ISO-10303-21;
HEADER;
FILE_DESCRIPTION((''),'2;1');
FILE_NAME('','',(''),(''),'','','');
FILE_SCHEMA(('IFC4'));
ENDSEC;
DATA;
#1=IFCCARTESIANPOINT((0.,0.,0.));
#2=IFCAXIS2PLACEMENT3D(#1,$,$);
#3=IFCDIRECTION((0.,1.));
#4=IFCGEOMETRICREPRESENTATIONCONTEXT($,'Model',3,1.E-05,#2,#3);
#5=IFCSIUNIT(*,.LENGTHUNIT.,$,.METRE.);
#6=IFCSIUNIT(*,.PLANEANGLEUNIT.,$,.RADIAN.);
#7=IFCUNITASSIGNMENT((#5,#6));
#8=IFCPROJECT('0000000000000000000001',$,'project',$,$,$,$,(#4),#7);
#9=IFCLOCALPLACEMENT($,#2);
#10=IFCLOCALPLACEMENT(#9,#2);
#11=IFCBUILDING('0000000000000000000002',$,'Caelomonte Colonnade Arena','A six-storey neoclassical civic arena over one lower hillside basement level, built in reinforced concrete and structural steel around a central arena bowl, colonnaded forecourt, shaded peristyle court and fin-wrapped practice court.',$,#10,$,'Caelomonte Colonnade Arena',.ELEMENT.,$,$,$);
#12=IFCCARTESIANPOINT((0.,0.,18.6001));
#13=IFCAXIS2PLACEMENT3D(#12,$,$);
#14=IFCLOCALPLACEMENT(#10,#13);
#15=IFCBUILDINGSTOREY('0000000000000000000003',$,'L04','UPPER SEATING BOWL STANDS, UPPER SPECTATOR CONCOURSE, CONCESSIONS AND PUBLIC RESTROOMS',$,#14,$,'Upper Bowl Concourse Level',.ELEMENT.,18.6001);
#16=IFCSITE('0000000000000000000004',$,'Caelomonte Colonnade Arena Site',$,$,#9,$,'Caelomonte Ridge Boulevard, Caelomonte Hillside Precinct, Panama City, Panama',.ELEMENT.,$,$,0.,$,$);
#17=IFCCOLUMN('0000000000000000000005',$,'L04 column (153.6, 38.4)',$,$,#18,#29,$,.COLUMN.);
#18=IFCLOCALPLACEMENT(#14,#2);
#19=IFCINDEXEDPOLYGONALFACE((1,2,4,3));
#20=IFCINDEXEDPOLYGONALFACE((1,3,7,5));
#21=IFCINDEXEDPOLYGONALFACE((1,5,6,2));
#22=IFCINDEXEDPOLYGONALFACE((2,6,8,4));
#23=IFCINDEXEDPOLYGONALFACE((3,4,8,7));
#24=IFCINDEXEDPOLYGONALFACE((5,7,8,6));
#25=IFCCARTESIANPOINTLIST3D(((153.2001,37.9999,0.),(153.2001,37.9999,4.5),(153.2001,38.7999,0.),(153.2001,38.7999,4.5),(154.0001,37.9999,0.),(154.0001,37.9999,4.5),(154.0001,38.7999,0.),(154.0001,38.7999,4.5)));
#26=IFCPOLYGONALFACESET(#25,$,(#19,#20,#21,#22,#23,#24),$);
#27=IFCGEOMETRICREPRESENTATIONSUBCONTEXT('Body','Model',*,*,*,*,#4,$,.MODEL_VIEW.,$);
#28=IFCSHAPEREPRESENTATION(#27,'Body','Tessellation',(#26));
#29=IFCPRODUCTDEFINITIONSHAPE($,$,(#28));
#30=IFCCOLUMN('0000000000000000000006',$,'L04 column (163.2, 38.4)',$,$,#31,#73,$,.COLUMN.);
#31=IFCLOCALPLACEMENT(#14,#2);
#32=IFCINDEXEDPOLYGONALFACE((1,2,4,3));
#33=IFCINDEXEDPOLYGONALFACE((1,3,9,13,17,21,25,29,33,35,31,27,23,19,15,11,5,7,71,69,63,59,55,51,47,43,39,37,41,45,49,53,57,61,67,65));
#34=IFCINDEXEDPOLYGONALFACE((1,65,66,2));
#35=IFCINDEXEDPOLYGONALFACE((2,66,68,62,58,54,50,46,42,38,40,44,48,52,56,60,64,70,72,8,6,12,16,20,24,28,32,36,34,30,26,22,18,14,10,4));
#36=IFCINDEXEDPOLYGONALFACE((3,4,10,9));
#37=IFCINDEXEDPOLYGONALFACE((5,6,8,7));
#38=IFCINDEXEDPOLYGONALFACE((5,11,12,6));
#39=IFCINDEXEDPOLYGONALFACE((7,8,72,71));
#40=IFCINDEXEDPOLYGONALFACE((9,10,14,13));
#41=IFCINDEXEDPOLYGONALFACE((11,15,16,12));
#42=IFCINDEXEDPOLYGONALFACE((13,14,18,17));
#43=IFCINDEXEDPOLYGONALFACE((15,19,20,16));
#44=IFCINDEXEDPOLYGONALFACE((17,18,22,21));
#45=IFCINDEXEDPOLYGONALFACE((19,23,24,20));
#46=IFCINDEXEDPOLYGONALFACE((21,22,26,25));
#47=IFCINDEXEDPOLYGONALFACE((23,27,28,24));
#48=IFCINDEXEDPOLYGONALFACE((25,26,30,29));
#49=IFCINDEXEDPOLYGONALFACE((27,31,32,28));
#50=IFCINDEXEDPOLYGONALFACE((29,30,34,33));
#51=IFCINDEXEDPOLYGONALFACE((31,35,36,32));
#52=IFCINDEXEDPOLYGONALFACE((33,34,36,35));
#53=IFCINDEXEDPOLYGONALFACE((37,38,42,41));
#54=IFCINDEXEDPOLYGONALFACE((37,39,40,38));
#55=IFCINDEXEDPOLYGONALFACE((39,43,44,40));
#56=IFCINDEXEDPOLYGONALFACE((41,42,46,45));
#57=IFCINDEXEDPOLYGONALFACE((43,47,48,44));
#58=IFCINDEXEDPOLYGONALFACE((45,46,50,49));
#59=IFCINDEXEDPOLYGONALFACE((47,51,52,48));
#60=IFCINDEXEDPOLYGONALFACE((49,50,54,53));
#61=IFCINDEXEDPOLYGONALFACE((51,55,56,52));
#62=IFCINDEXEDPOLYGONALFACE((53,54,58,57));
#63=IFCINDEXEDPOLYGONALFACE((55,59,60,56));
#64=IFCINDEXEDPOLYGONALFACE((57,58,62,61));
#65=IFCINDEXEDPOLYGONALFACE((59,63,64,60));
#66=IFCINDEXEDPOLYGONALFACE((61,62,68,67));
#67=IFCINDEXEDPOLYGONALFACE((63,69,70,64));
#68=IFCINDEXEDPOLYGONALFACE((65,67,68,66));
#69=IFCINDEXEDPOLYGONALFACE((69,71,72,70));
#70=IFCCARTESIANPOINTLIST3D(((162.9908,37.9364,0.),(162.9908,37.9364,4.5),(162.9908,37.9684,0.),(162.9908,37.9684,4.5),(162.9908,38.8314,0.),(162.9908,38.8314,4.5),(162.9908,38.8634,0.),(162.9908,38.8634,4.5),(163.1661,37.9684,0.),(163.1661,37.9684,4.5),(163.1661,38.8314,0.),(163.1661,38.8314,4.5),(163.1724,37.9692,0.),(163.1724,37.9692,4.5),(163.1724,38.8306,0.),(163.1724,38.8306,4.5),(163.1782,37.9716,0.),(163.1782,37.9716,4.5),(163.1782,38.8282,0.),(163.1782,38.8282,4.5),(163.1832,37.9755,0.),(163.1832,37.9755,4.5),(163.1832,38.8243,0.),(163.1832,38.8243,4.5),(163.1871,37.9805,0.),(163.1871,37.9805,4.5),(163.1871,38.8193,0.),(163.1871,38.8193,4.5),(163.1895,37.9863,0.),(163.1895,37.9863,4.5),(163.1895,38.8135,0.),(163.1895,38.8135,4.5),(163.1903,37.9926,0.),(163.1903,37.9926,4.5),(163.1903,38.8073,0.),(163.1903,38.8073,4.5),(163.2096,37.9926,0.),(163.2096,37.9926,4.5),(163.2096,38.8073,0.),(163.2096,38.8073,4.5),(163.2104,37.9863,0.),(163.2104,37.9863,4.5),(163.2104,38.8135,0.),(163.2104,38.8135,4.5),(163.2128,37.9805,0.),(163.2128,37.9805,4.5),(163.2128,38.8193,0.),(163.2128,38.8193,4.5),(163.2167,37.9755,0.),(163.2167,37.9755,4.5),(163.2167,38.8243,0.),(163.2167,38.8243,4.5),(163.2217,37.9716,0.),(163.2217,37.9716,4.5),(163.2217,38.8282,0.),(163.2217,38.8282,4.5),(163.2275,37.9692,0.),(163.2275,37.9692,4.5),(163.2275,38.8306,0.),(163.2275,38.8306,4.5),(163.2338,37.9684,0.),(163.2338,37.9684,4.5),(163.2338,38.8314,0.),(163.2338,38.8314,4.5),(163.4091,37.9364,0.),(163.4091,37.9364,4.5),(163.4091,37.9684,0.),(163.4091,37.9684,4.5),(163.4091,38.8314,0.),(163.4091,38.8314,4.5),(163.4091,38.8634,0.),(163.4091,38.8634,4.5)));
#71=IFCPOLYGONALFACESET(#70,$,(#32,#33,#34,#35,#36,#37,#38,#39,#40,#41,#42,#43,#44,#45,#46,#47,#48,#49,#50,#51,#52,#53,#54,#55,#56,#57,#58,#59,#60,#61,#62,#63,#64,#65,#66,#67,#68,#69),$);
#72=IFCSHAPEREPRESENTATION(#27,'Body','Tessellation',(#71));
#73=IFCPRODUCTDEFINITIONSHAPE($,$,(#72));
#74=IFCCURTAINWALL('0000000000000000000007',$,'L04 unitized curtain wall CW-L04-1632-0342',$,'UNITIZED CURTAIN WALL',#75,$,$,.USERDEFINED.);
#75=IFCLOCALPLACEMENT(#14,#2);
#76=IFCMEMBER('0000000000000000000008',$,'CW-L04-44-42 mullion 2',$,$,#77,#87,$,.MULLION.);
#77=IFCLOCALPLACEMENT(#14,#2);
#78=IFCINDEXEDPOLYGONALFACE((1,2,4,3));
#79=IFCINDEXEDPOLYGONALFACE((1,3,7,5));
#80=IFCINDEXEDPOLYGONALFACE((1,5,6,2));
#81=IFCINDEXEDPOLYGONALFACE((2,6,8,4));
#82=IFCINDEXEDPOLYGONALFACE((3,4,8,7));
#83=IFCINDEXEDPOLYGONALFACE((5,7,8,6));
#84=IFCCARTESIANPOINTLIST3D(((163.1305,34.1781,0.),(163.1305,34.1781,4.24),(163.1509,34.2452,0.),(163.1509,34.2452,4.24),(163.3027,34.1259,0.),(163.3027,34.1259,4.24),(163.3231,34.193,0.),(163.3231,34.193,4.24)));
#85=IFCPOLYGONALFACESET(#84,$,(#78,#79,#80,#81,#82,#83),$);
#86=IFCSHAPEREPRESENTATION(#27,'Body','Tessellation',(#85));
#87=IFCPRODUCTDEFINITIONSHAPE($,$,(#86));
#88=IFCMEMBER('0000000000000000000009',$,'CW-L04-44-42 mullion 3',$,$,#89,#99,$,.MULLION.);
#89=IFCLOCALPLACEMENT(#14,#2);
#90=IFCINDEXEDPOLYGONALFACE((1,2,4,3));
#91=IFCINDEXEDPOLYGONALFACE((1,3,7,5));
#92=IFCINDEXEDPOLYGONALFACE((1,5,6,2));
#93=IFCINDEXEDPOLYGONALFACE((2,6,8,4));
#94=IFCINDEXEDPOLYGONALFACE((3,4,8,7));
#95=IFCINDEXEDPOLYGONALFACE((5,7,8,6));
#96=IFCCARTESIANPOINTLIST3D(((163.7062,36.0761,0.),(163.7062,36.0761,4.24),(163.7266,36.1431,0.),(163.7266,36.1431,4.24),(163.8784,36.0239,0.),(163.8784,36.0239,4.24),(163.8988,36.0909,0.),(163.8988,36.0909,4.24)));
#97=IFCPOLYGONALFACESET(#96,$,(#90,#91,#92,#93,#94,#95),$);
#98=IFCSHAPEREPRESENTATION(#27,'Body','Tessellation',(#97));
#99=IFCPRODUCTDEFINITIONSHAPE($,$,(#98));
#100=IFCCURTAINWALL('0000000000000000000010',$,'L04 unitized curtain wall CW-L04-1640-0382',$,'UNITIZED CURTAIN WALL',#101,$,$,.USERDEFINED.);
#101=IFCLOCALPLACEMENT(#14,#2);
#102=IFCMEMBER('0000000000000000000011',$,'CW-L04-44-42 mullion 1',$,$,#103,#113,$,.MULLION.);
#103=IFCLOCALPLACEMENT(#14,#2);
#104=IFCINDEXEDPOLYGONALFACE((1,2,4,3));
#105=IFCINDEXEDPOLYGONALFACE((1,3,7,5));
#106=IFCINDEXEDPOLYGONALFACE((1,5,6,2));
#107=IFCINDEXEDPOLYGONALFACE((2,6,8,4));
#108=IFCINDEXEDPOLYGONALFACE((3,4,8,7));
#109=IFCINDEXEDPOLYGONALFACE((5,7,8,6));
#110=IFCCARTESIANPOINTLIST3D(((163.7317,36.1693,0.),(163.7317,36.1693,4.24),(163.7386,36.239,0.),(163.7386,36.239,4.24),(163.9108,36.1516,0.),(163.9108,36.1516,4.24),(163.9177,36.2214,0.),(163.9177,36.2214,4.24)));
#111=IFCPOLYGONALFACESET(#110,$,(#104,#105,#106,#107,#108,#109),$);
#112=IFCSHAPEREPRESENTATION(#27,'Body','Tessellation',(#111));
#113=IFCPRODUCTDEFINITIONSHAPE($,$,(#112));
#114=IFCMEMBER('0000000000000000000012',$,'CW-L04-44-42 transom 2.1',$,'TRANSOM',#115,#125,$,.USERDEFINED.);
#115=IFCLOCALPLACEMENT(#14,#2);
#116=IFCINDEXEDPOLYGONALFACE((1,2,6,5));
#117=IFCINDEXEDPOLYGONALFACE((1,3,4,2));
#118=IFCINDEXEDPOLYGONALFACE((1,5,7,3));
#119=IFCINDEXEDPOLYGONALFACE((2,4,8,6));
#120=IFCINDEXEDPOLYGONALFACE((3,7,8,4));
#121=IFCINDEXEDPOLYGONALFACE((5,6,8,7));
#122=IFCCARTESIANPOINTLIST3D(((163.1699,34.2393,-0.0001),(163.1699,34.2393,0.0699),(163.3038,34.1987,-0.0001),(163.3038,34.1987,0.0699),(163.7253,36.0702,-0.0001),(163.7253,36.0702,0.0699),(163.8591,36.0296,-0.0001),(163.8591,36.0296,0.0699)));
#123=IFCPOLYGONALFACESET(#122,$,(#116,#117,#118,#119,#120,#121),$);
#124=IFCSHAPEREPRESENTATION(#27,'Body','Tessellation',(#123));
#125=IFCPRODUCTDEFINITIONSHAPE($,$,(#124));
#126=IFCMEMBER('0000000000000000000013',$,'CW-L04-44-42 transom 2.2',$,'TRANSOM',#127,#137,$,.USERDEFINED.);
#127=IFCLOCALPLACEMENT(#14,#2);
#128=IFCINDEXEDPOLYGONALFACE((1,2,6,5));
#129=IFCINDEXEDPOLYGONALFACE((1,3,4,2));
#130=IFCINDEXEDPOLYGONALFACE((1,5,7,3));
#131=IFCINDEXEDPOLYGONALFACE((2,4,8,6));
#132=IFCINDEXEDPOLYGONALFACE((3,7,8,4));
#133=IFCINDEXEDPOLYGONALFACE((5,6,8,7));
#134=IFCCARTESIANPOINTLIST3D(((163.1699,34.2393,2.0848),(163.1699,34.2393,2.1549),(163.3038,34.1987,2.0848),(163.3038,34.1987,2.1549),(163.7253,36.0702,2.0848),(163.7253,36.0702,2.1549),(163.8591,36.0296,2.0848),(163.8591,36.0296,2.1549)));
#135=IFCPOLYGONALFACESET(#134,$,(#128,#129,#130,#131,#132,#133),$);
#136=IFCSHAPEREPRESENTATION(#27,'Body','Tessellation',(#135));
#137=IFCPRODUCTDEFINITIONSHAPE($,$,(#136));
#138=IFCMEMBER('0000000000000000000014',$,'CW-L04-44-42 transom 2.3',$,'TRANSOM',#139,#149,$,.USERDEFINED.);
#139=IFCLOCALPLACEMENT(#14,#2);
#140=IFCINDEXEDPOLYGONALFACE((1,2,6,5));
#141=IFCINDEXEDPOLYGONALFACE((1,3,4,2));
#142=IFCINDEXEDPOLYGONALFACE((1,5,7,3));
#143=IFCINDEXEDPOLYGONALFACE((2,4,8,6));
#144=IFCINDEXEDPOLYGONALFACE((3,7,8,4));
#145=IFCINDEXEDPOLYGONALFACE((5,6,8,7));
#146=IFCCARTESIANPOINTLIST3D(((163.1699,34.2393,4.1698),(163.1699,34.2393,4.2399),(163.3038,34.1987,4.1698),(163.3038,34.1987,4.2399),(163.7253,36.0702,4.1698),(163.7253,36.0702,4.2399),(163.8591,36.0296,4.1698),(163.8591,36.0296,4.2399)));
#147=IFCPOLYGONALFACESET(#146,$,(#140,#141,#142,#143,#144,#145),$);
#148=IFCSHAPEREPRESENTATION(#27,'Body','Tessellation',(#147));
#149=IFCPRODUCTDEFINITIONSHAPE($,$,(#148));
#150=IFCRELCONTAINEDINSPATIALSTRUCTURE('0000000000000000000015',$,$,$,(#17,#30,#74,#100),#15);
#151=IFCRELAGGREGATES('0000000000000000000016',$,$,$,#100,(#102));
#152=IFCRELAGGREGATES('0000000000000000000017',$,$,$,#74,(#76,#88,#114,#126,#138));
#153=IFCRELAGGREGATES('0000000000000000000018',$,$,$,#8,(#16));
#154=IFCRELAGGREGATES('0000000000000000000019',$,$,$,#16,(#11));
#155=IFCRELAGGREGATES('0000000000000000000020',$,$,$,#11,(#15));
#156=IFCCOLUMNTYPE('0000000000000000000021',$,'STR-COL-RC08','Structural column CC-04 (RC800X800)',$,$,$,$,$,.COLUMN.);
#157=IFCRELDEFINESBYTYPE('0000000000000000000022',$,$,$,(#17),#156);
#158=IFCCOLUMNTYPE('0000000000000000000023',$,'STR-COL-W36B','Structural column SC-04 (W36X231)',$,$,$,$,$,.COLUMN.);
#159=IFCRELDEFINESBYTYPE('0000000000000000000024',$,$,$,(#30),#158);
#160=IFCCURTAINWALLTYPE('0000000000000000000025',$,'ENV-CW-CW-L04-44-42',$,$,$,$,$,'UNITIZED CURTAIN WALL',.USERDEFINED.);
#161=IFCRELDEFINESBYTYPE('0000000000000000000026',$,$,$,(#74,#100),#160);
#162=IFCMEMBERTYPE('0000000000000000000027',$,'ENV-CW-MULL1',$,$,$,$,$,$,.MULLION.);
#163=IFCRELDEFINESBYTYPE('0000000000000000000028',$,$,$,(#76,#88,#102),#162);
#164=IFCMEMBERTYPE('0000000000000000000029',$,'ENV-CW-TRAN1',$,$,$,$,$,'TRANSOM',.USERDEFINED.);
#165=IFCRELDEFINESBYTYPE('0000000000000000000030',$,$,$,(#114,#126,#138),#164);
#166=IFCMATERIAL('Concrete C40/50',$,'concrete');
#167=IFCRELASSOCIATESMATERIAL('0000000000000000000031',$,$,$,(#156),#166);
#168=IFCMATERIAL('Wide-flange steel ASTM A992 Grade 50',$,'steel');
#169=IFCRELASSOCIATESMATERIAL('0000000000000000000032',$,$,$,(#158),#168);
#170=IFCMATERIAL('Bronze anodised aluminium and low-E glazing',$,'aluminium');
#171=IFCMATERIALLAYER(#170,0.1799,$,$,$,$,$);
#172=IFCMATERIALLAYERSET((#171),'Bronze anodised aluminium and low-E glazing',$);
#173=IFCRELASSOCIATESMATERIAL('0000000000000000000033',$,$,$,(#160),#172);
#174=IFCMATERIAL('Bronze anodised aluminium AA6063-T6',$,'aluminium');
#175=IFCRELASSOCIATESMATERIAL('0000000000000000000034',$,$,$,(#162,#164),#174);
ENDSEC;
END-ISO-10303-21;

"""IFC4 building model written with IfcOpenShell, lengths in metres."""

from ifc_helpers import new_model, si_unit, direction, frame, origin, origin_2d, place, context, subcontext, project, spatial, rectangle, i_section, extrude, material, layer, layer_set, material_profile, profile_set, type_object, element, aggregate, save


model = new_model("IFC4")

# Units and contexts
model_context = context("Model", 3, precision=1e-05, world=origin(), true_north=direction((0.0, 1.0)))
body_context = subcontext(model_context, "Body", "Model", "MODEL_VIEW")
ifc_project = project(units=[si_unit("LENGTHUNIT", "METRE"), si_unit("PLANEANGLEUNIT", "RADIAN")], contexts=[model_context])

# Site, building, storey
site_placement = place(None, origin())
site = spatial("IfcSite", under=ifc_project, at=site_placement, Name="Caelomonte Colonnade Arena Site", LongName="Caelomonte Ridge Boulevard, Caelomonte Hillside Precinct, Panama City, Panama", CompositionType="ELEMENT", RefElevation=0.0)
building_placement = place(site_placement, origin())
building = spatial("IfcBuilding", under=site, at=building_placement, Name="Caelomonte Colonnade Arena", Description="A six-storey neoclassical civic arena over one lower hillside basement level, built in reinforced concrete and structural steel around a central arena bowl, colonnaded forecourt, shaded peristyle court and fin-wrapped practice court.", LongName="Caelomonte Colonnade Arena", CompositionType="ELEMENT")
storey_placement = place(building_placement, frame((0.0, 0.0, 18.6001)))
storey = spatial("IfcBuildingStorey", under=building, at=storey_placement, Name="L04", Description="UPPER SEATING BOWL STANDS, UPPER SPECTATOR CONCOURSE, CONCESSIONS AND PUBLIC RESTROOMS", LongName="Upper Bowl Concourse Level", CompositionType="ELEMENT", Elevation=18.6001)

# Columns
ifc_material_1 = material(Name="Concrete C40/50", Category="concrete")
ifc_material_profile_1 = material_profile(ifc_material_1, rectangle(XDim=0.8, YDim=0.8, at=origin_2d()), Name="RC800X800")
ifc_profile_set_1 = profile_set([ifc_material_profile_1], Name="Concrete C40/50")
column_type_1 = type_object("IfcColumnType", Name="STR-COL-RC08", Description="Structural column CC-04 (RC800X800)", PredefinedType="COLUMN", material=ifc_profile_set_1)
column_1_placement = place(storey_placement, frame((153.6001, 38.3999, 0.0), z_axis=(0.0, 0.0, 1.0), x_axis=(1.0, 0.0, 0.0)))
element("IfcColumn", 1, at=column_1_placement, inside=storey, type_object=column_type_1, Name="L04 column (153.6, 38.4)", PredefinedType="COLUMN", context=body_context, shape_type="SweptSolid", body=[
    extrude(rectangle(XDim=0.8, YDim=0.8, at=origin_2d()), origin(), (0.0, 0.0, 1.0), 4.5),
])
ifc_material_2 = material(Name="Wide-flange steel ASTM A992 Grade 50", Category="steel")
ifc_material_profile_2 = material_profile(ifc_material_2, i_section(OverallWidth=0.4182, OverallDepth=0.927, WebThickness=0.0193, FlangeThickness=0.032, FilletRadius=0.0242, at=origin_2d()), Name="W36X231")
ifc_profile_set_2 = profile_set([ifc_material_profile_2], Name="Wide-flange steel ASTM A992 Grade 50")
column_type_2 = type_object("IfcColumnType", Name="STR-COL-W36B", Description="Structural column SC-04 (W36X231)", PredefinedType="COLUMN", material=ifc_profile_set_2)
column_2_placement = place(storey_placement, frame((163.2, 38.3999, 0.0), z_axis=(0.0, 0.0, 1.0), x_axis=(1.0, 0.0, 0.0)))
element("IfcColumn", 2, at=column_2_placement, inside=storey, type_object=column_type_2, Name="L04 column (163.2, 38.4)", PredefinedType="COLUMN", context=body_context, shape_type="SweptSolid", body=[
    extrude(i_section(OverallWidth=0.4182, OverallDepth=0.927, WebThickness=0.0193, FlangeThickness=0.032, FilletRadius=0.0242, at=origin_2d()), origin(), (0.0, 0.0, 1.0), 4.5),
])

# Curtain wall, members
ifc_material_3 = material(Name="Bronze anodised aluminium and low-E glazing", Category="aluminium")
ifc_layer_1 = layer(ifc_material_3, 0.1799)
ifc_layer_set_1 = layer_set([ifc_layer_1], Name="Bronze anodised aluminium and low-E glazing")
curtain_wall_type = type_object("IfcCurtainWallType", Name="ENV-CW-CW-L04-44-42", ElementType="UNITIZED CURTAIN WALL", PredefinedType="USERDEFINED", material=ifc_layer_set_1)
curtain_wall_1_placement = place(storey_placement, origin())
curtain_wall_1 = element("IfcCurtainWall", 3, at=curtain_wall_1_placement, inside=storey, type_object=curtain_wall_type, Name="L04 unitized curtain wall CW-L04-1632-0342", ObjectType="UNITIZED CURTAIN WALL", PredefinedType="USERDEFINED")
ifc_material_4 = material(Name="Bronze anodised aluminium AA6063-T6", Category="aluminium")
ifc_material_profile_3 = material_profile(ifc_material_4, rectangle(XDim=0.0701, YDim=0.1799, at=origin_2d()), Name="CWM-70X180")
ifc_profile_set_3 = profile_set([ifc_material_profile_3], Name="Bronze anodised aluminium AA6063-T6")
member_type_1 = type_object("IfcMemberType", Name="ENV-CW-MULL1", PredefinedType="MULLION", material=ifc_profile_set_3)
member_1_placement = place(storey_placement, frame((163.2268, 34.1855, 0.0), z_axis=(0.0, 0.0, 1.0), x_axis=(0.290256, 0.956949, 0.0)))
member_1 = element("IfcMember", 4, at=member_1_placement, type_object=member_type_1, Name="CW-L04-44-42 mullion 2", PredefinedType="MULLION", context=body_context, shape_type="SweptSolid", body=[
    extrude(rectangle(XDim=0.0701, YDim=0.1799, at=origin_2d()), origin(), (0.0, 0.0, 1.0), 4.24),
])
member_2_placement = place(storey_placement, frame((163.8025, 36.0835, 0.0), z_axis=(0.0, 0.0, 1.0), x_axis=(0.290256, 0.956949, 0.0)))
member_2 = element("IfcMember", 5, at=member_2_placement, type_object=member_type_1, Name="CW-L04-44-42 mullion 3", PredefinedType="MULLION", context=body_context, shape_type="SweptSolid", body=[
    extrude(rectangle(XDim=0.0701, YDim=0.1799, at=origin_2d()), origin(), (0.0, 0.0, 1.0), 4.24),
])

# Curtain wall, member
curtain_wall_2_placement = place(storey_placement, origin())
curtain_wall_2 = element("IfcCurtainWall", 6, at=curtain_wall_2_placement, inside=storey, type_object=curtain_wall_type, Name="L04 unitized curtain wall CW-L04-1640-0382", ObjectType="UNITIZED CURTAIN WALL", PredefinedType="USERDEFINED")
member_3_placement = place(storey_placement, frame((163.8247, 36.1953, 0.0), z_axis=(0.0, 0.0, 1.0), x_axis=(0.098002, 0.995186, 0.0)))
member_3 = element("IfcMember", 7, at=member_3_placement, type_object=member_type_1, Name="CW-L04-44-42 mullion 1", PredefinedType="MULLION", context=body_context, shape_type="SweptSolid", body=[
    extrude(rectangle(XDim=0.0701, YDim=0.1799, at=origin_2d()), origin(), (0.0, 0.0, 1.0), 4.24),
])
aggregate(curtain_wall_2, [member_3])

# Members
ifc_material_profile_4 = material_profile(ifc_material_4, rectangle(XDim=0.0701, YDim=0.1399, at=origin_2d()), Name="CWT-70X140")
ifc_profile_set_4 = profile_set([ifc_material_profile_4], Name="Bronze anodised aluminium AA6063-T6")
member_type_2 = type_object("IfcMemberType", Name="ENV-CW-TRAN1", ElementType="TRANSOM", PredefinedType="USERDEFINED", material=ifc_profile_set_4)
member_4_placement = place(storey_placement, frame((163.2368, 34.219, 0.0349), z_axis=(0.290273, 0.956944, 0.0), x_axis=(0.0, 0.0, 1.0)))
member_4 = element("IfcMember", 8, at=member_4_placement, type_object=member_type_2, Name="CW-L04-44-42 transom 2.1", ObjectType="TRANSOM", PredefinedType="USERDEFINED", context=body_context, shape_type="SweptSolid", body=[
    extrude(rectangle(XDim=0.0701, YDim=0.1399, at=origin_2d()), origin(), (0.0, 0.0, 1.0), 1.9133),
])
member_5_placement = place(storey_placement, frame((163.2368, 34.219, 2.1199), z_axis=(0.290273, 0.956944, 0.0), x_axis=(0.0, 0.0, 1.0)))
member_5 = element("IfcMember", 9, at=member_5_placement, type_object=member_type_2, Name="CW-L04-44-42 transom 2.2", ObjectType="TRANSOM", PredefinedType="USERDEFINED", context=body_context, shape_type="SweptSolid", body=[
    extrude(rectangle(XDim=0.0701, YDim=0.1399, at=origin_2d()), origin(), (0.0, 0.0, 1.0), 1.9133),
])
member_6_placement = place(storey_placement, frame((163.2368, 34.219, 4.2048), z_axis=(0.290273, 0.956944, 0.0), x_axis=(0.0, 0.0, 1.0)))
member_6 = element("IfcMember", 10, at=member_6_placement, type_object=member_type_2, Name="CW-L04-44-42 transom 2.3", ObjectType="TRANSOM", PredefinedType="USERDEFINED", context=body_context, shape_type="SweptSolid", body=[
    extrude(rectangle(XDim=0.0701, YDim=0.1399, at=origin_2d()), origin(), (0.0, 0.0, 1.0), 1.9133),
])

aggregate(curtain_wall_1, [member_1, member_2, member_4, member_5, member_6])

save(model, "model.ifc")
